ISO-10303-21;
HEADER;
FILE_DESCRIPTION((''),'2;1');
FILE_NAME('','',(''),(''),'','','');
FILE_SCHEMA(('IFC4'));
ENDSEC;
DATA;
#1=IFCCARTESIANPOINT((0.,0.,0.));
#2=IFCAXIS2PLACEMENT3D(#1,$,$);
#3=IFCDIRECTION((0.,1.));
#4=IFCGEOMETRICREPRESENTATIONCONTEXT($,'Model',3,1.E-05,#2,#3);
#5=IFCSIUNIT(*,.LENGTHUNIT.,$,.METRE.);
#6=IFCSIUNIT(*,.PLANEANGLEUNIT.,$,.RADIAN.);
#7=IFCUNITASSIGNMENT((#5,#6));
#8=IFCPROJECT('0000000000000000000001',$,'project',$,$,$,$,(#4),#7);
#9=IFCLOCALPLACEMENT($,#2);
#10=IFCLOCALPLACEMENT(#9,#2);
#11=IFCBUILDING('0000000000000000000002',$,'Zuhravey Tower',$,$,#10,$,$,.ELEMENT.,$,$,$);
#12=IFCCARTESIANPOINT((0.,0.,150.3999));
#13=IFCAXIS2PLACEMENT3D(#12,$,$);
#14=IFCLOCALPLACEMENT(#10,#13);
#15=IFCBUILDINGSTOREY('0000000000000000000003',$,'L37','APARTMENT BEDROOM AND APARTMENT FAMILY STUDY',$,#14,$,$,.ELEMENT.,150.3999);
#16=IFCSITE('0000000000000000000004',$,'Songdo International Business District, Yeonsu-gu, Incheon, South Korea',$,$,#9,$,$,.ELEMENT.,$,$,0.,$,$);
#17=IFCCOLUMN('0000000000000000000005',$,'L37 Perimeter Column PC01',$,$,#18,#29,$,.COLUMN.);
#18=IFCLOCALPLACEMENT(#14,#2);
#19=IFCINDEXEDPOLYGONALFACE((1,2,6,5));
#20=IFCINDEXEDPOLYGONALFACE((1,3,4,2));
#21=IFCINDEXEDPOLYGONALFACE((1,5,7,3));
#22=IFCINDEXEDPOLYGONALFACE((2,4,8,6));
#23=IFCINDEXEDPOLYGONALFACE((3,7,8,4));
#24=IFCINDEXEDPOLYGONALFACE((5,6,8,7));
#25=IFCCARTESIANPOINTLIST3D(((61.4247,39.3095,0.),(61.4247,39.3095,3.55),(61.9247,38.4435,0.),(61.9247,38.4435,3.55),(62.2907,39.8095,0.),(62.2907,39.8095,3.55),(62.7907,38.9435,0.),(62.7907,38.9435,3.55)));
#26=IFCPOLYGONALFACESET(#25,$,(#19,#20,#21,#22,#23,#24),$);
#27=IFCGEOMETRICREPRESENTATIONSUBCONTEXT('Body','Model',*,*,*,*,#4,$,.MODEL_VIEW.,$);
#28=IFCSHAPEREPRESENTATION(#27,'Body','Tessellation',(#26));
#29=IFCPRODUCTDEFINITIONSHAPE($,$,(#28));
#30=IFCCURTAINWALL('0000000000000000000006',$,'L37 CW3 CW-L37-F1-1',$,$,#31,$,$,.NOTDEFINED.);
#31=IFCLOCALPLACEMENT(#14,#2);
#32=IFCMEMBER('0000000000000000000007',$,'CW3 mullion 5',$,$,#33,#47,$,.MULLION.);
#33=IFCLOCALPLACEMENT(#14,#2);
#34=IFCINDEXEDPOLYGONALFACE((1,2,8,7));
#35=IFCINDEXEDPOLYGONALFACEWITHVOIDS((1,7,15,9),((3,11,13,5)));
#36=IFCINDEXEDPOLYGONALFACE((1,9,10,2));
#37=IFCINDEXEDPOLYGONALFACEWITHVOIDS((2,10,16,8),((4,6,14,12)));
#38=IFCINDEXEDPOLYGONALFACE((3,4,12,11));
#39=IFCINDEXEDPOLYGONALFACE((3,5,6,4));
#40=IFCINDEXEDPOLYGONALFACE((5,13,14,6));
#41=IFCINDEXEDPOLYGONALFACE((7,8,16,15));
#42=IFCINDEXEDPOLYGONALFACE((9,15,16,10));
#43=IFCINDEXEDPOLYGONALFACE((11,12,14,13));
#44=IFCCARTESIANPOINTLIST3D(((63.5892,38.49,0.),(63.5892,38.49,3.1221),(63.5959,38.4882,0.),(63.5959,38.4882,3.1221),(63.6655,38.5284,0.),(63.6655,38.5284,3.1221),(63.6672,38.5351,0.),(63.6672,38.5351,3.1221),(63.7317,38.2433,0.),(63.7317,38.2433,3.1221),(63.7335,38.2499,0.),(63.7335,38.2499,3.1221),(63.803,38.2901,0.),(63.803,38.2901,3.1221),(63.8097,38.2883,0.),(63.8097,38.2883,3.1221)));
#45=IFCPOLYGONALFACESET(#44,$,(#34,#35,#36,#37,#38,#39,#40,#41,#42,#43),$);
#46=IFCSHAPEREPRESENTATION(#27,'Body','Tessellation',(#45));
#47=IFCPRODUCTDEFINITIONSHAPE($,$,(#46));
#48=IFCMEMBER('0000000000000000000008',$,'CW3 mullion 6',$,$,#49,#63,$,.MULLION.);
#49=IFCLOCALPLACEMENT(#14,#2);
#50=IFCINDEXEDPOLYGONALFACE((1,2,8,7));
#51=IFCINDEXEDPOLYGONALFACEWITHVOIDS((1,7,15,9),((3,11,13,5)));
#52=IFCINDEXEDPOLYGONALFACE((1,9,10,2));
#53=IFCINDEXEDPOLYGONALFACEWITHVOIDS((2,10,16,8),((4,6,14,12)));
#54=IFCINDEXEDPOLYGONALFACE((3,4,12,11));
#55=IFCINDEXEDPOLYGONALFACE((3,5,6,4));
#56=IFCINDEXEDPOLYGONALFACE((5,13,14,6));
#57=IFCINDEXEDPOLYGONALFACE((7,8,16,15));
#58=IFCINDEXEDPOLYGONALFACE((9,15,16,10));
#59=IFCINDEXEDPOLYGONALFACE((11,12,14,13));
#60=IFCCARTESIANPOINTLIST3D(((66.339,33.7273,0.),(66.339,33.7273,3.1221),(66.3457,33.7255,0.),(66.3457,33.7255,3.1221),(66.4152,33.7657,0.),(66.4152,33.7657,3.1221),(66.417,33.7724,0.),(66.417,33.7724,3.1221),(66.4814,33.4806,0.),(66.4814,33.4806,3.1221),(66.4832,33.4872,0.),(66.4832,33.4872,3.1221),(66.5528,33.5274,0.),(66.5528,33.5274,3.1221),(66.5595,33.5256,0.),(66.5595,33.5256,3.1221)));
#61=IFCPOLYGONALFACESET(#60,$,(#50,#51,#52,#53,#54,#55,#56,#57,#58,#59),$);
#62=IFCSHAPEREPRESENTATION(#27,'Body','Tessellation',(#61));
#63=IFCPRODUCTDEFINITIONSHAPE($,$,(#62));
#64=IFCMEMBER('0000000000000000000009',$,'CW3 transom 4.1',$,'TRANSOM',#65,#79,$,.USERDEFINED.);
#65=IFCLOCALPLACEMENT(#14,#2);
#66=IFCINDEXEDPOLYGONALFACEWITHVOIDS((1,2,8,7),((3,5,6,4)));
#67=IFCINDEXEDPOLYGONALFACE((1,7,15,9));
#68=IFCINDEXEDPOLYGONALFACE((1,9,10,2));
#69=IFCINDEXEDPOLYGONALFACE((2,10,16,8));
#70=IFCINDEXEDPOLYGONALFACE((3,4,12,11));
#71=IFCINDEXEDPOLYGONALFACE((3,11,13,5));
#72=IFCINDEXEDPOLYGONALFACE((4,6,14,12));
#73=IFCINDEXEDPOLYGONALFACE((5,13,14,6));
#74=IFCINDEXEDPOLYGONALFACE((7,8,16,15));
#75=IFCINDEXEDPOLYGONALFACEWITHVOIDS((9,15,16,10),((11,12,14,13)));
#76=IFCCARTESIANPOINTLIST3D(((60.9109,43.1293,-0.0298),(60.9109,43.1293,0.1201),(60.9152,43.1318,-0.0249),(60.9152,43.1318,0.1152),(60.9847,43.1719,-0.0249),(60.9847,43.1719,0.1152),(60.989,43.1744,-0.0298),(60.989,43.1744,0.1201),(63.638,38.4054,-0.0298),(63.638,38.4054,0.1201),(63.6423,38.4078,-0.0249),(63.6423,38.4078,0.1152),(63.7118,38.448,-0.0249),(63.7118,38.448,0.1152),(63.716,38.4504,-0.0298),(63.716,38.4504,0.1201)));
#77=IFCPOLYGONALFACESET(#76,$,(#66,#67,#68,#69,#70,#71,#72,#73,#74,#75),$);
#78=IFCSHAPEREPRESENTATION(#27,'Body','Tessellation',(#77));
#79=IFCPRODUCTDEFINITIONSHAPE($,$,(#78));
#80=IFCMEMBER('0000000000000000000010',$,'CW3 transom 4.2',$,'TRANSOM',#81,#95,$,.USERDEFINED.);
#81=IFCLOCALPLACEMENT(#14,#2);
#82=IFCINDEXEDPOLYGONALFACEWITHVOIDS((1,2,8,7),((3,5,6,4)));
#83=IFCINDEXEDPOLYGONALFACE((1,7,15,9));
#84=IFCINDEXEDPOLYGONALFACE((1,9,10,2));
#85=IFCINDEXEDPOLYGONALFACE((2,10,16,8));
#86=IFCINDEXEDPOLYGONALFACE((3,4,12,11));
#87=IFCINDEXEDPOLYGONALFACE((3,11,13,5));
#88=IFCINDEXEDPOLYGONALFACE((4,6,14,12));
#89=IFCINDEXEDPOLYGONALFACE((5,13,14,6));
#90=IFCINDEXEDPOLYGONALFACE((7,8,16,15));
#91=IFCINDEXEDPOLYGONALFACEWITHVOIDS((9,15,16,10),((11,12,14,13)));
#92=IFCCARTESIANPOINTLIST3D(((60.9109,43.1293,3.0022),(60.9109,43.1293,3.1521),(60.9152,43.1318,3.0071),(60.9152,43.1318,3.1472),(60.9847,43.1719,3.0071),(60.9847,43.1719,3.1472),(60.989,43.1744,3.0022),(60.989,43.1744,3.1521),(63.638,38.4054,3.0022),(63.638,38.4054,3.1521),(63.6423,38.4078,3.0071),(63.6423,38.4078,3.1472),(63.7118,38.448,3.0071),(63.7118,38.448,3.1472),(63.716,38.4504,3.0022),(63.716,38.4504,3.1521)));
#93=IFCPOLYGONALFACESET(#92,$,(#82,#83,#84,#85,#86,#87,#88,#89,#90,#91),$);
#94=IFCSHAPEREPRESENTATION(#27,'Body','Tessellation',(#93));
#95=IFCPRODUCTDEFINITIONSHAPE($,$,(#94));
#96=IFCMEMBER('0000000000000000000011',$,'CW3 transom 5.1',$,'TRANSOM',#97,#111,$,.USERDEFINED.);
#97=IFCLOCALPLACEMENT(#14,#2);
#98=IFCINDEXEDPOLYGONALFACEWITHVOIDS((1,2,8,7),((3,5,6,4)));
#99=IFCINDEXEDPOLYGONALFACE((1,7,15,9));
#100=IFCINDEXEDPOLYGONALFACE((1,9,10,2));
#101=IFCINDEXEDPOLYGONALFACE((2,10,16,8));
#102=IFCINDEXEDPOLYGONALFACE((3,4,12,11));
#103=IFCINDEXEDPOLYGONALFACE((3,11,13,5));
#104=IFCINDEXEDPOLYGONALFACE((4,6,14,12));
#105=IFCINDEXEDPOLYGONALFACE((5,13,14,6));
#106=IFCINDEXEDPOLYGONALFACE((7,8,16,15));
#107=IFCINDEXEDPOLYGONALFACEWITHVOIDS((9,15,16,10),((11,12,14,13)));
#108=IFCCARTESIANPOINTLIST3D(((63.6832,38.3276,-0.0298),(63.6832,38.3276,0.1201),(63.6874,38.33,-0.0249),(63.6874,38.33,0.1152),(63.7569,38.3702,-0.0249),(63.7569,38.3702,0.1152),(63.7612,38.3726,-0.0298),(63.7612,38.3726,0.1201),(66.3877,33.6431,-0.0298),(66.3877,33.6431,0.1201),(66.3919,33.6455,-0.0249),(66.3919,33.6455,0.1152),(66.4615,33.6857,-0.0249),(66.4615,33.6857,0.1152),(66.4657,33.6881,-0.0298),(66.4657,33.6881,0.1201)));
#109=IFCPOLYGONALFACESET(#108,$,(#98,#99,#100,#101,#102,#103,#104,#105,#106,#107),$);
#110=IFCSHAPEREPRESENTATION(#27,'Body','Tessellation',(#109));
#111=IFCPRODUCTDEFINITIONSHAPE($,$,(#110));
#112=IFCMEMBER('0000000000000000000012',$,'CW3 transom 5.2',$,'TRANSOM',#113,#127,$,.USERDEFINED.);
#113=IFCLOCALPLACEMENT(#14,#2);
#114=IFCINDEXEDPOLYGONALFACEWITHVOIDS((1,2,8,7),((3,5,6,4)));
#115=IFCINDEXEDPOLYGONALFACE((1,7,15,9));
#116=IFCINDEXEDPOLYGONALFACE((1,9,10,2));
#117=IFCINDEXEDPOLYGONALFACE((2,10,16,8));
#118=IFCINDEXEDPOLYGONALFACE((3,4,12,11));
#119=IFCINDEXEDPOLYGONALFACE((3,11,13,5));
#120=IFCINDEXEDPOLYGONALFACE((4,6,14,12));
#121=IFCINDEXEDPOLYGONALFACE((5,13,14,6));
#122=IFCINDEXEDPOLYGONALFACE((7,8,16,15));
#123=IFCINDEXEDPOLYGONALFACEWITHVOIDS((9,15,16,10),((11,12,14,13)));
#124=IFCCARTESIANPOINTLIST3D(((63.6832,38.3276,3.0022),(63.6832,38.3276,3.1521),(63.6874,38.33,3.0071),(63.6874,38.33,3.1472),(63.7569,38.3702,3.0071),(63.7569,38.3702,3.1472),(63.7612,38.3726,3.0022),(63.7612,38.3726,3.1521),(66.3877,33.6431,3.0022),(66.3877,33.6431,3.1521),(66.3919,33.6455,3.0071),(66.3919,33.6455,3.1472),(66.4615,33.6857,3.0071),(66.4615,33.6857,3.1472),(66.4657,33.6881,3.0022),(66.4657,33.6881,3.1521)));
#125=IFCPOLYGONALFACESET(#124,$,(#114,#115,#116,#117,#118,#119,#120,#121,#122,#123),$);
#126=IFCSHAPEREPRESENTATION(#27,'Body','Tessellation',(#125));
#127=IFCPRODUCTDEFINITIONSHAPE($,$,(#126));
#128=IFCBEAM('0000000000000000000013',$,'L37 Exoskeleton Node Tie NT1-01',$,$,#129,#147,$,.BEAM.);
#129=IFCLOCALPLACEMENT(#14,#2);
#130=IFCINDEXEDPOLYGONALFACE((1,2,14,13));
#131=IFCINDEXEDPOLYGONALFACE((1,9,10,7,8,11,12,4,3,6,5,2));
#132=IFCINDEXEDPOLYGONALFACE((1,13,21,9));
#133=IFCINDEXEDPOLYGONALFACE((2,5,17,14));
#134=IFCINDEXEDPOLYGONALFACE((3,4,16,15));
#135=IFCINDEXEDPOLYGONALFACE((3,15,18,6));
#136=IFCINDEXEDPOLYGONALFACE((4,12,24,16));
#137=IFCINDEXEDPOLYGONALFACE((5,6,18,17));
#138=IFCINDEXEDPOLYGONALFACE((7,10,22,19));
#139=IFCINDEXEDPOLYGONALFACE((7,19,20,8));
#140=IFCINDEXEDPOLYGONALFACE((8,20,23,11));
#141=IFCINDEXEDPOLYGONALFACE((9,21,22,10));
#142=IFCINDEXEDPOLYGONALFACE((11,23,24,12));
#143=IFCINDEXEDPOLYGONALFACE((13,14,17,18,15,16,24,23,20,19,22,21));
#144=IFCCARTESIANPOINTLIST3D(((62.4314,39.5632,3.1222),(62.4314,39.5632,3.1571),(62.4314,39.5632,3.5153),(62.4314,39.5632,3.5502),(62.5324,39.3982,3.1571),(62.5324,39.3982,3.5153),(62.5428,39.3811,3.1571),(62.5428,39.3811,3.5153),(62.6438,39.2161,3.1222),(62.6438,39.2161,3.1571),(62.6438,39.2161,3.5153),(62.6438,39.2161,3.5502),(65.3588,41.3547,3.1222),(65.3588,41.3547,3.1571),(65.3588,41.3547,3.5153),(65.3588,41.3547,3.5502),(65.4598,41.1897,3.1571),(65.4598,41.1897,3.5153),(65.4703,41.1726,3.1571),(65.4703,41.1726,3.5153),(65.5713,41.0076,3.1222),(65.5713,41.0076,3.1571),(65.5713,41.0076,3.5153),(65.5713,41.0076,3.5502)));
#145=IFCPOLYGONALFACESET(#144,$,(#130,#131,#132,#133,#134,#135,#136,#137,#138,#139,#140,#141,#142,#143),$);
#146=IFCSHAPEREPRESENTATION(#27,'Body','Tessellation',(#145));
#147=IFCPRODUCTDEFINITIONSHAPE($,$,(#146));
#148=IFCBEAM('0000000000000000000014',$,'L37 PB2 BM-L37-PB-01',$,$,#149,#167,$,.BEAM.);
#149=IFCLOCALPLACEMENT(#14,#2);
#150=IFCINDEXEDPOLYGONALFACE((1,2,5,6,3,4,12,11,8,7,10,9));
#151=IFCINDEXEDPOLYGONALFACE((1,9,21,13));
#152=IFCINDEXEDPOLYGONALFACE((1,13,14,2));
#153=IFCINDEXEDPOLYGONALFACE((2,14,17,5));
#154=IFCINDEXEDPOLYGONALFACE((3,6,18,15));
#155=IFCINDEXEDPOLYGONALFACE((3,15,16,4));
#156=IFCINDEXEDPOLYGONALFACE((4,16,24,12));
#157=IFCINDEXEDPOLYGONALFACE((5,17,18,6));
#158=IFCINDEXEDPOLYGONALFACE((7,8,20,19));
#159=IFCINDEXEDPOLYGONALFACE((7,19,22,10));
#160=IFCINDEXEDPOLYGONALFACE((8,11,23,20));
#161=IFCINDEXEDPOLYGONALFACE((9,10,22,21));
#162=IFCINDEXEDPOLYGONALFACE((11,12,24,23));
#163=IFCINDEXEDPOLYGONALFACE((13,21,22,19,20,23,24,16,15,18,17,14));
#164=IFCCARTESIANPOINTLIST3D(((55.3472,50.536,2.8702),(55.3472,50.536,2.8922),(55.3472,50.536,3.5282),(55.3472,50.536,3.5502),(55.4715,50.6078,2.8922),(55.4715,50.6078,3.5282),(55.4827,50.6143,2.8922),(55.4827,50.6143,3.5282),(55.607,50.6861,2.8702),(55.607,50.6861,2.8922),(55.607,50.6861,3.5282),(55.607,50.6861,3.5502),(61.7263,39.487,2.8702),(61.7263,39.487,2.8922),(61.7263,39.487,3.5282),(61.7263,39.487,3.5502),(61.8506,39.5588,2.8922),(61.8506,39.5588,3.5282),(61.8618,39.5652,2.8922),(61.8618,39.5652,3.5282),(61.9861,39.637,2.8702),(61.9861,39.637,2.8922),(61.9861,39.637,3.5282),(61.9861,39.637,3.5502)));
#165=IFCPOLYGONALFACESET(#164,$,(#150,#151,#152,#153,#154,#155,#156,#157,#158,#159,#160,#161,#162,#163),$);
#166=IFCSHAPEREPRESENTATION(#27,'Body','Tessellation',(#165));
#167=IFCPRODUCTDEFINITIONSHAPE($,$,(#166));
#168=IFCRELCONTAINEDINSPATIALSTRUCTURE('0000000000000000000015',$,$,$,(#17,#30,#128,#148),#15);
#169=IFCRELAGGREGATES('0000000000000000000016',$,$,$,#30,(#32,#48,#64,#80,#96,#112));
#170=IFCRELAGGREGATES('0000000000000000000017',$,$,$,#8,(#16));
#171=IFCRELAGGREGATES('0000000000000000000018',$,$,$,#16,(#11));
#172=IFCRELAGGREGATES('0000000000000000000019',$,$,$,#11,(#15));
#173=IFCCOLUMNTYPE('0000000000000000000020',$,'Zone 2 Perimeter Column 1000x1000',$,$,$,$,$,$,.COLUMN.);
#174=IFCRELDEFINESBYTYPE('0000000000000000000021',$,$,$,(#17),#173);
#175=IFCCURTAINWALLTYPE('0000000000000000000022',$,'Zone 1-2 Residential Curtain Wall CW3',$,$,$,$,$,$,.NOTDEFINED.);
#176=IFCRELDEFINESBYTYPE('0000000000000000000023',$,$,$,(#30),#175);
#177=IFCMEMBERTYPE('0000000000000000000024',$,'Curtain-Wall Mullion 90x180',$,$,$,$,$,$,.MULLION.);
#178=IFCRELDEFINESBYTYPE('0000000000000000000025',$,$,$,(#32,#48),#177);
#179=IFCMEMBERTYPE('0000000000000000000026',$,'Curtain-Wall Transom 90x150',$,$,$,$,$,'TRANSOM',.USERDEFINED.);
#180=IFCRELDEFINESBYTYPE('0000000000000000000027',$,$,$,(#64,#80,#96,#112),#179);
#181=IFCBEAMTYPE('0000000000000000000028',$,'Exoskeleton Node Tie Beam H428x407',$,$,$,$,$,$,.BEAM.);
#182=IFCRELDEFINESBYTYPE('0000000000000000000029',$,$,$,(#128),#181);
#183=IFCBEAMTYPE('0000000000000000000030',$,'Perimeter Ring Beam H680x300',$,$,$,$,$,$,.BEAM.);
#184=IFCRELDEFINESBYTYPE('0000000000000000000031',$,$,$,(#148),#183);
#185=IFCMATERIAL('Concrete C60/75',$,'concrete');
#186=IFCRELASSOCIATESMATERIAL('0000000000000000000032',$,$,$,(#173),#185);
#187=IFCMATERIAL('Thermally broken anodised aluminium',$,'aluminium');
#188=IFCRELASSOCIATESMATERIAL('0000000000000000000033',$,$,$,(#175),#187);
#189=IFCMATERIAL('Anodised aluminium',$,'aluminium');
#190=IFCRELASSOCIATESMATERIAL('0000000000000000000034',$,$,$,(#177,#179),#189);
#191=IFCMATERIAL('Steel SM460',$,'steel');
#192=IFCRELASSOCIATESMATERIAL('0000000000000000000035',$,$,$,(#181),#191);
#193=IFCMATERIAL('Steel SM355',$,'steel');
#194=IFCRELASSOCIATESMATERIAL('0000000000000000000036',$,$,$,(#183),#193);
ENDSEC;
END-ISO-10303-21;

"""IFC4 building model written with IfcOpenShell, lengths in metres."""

from ifc_helpers import new_model, si_unit, direction, frame, origin, origin_2d, place, context, subcontext, project, spatial, rectangle, hollow_rectangle, i_section, extrude, material, material_profile, profile_set, type_object, element, aggregate, save


model = new_model("IFC4")

# Units and contexts
model_context = context("Model", 3, precision=1e-05, world=origin(), true_north=direction((0.0, 1.0)))
body_context = subcontext(model_context, "Body", "Model", "MODEL_VIEW")
ifc_project = project(units=[si_unit("LENGTHUNIT", "METRE"), si_unit("PLANEANGLEUNIT", "RADIAN")], contexts=[model_context])

# Site, building, storey
site_placement = place(None, origin())
site = spatial("IfcSite", under=ifc_project, at=site_placement, Name="Songdo International Business District, Yeonsu-gu, Incheon, South Korea", CompositionType="ELEMENT", RefElevation=0.0)
building_placement = place(site_placement, origin())
building = spatial("IfcBuilding", under=site, at=building_placement, Name="Zuhravey Tower", CompositionType="ELEMENT")
storey_placement = place(building_placement, frame((0.0, 0.0, 150.3999)))
storey = spatial("IfcBuildingStorey", under=building, at=storey_placement, Name="L37", Description="APARTMENT BEDROOM AND APARTMENT FAMILY STUDY", CompositionType="ELEMENT", Elevation=150.3999)

# Column
ifc_material_1 = material(Name="Concrete C60/75", Category="concrete")
ifc_material_profile_1 = material_profile(ifc_material_1, rectangle(XDim=1.0, YDim=1.0, at=origin_2d()), Name="RC-1000x1000")
ifc_profile_set_1 = profile_set([ifc_material_profile_1], Name="Concrete C60/75")
column_type = type_object("IfcColumnType", Name="Zone 2 Perimeter Column 1000x1000", PredefinedType="COLUMN", material=ifc_profile_set_1)
column_placement = place(storey_placement, frame((62.1077, 39.1265, 0.0), z_axis=(0.0, 0.0, 1.0), x_axis=(-0.5, 0.866025, 0.0)))
element("IfcColumn", 1, at=column_placement, inside=storey, type_object=column_type, Name="L37 Perimeter Column PC01", PredefinedType="COLUMN", context=body_context, shape_type="SweptSolid", body=[
    extrude(rectangle(XDim=1.0, YDim=1.0, at=origin_2d()), origin(), (0.0, 0.0, 1.0), 3.55),
])

# Curtain wall, members
ifc_material_2 = material(Name="Thermally broken anodised aluminium", Category="aluminium")
curtain_wall_type = type_object("IfcCurtainWallType", Name="Zone 1-2 Residential Curtain Wall CW3", PredefinedType="NOTDEFINED", material=ifc_material_2)
curtain_wall_placement = place(storey_placement, origin())
curtain_wall = element("IfcCurtainWall", 2, at=curtain_wall_placement, inside=storey, type_object=curtain_wall_type, Name="L37 CW3 CW-L37-F1-1", PredefinedType="NOTDEFINED")
ifc_material_3 = material(Name="Anodised aluminium", Category="aluminium")
ifc_material_profile_2 = material_profile(ifc_material_3, hollow_rectangle(XDim=0.0901, YDim=0.2849, WallThickness=0.0049, at=origin_2d()), Name="ALU-RHS-90x285x5")
ifc_profile_set_2 = profile_set([ifc_material_profile_2], Name="Anodised aluminium")
member_type_1 = type_object("IfcMemberType", Name="Curtain-Wall Mullion 90x180", PredefinedType="MULLION", material=ifc_profile_set_2)
member_1_placement = place(storey_placement, frame((63.6995, 38.3892, 0.0), z_axis=(0.0, 0.0, 1.0), x_axis=(0.866025, 0.5, 0.0)))
member_1 = element("IfcMember", 3, at=member_1_placement, type_object=member_type_1, Name="CW3 mullion 5", PredefinedType="MULLION", context=body_context, shape_type="SweptSolid", body=[
    extrude(hollow_rectangle(XDim=0.0901, YDim=0.2849, WallThickness=0.0049, at=origin_2d()), origin(), (0.0, 0.0, 1.0), 3.1221),
])
member_2_placement = place(storey_placement, frame((66.4492, 33.6265, 0.0), z_axis=(0.0, 0.0, 1.0), x_axis=(0.866025, 0.5, 0.0)))
member_2 = element("IfcMember", 4, at=member_2_placement, type_object=member_type_1, Name="CW3 mullion 6", PredefinedType="MULLION", context=body_context, shape_type="SweptSolid", body=[
    extrude(hollow_rectangle(XDim=0.0901, YDim=0.2849, WallThickness=0.0049, at=origin_2d()), origin(), (0.0, 0.0, 1.0), 3.1221),
])
ifc_material_profile_3 = material_profile(ifc_material_3, hollow_rectangle(XDim=0.0901, YDim=0.1499, WallThickness=0.0049, at=origin_2d()), Name="ALU-RHS-90x150x5")
ifc_profile_set_3 = profile_set([ifc_material_profile_3], Name="Anodised aluminium")
member_type_2 = type_object("IfcMemberType", Name="Curtain-Wall Transom 90x150", ElementType="TRANSOM", PredefinedType="USERDEFINED", material=ifc_profile_set_3)
member_3_placement = place(storey_placement, frame((60.95, 43.1519, 0.0452), z_axis=(0.499961, -0.866048, 0.0), x_axis=(0.866048, 0.499961, 0.0)))
member_3 = element("IfcMember", 5, at=member_3_placement, type_object=member_type_2, Name="CW3 transom 4.1", ObjectType="TRANSOM", PredefinedType="USERDEFINED", context=body_context, shape_type="SweptSolid", body=[
    extrude(hollow_rectangle(XDim=0.0901, YDim=0.1499, WallThickness=0.0049, at=origin_2d()), origin(), (0.0, 0.0, 1.0), 5.4546),
])
member_4_placement = place(storey_placement, frame((60.95, 43.1519, 3.0771), z_axis=(0.499961, -0.866048, 0.0), x_axis=(0.866048, 0.499961, 0.0)))
member_4 = element("IfcMember", 6, at=member_4_placement, type_object=member_type_2, Name="CW3 transom 4.2", ObjectType="TRANSOM", PredefinedType="USERDEFINED", context=body_context, shape_type="SweptSolid", body=[
    extrude(hollow_rectangle(XDim=0.0901, YDim=0.1499, WallThickness=0.0049, at=origin_2d()), origin(), (0.0, 0.0, 1.0), 5.4546),
])
member_5_placement = place(storey_placement, frame((63.7222, 38.3501, 0.0452), z_axis=(0.499993, -0.866029, 0.0), x_axis=(0.866029, 0.499993, 0.0)))
member_5 = element("IfcMember", 7, at=member_5_placement, type_object=member_type_2, Name="CW3 transom 5.1", ObjectType="TRANSOM", PredefinedType="USERDEFINED", context=body_context, shape_type="SweptSolid", body=[
    extrude(hollow_rectangle(XDim=0.0901, YDim=0.1499, WallThickness=0.0049, at=origin_2d()), origin(), (0.0, 0.0, 1.0), 5.4092),
])
member_6_placement = place(storey_placement, frame((63.7222, 38.3501, 3.0771), z_axis=(0.499993, -0.866029, 0.0), x_axis=(0.866029, 0.499993, 0.0)))
member_6 = element("IfcMember", 8, at=member_6_placement, type_object=member_type_2, Name="CW3 transom 5.2", ObjectType="TRANSOM", PredefinedType="USERDEFINED", context=body_context, shape_type="SweptSolid", body=[
    extrude(hollow_rectangle(XDim=0.0901, YDim=0.1499, WallThickness=0.0049, at=origin_2d()), origin(), (0.0, 0.0, 1.0), 5.4092),
])

# Beams
ifc_material_4 = material(Name="Steel SM460", Category="steel")
ifc_material_profile_4 = material_profile(ifc_material_4, i_section(OverallWidth=0.407, OverallDepth=0.428, WebThickness=0.02, FlangeThickness=0.0349, at=origin_2d()), Name="H-428x407x20x35")
ifc_profile_set_4 = profile_set([ifc_material_profile_4], Name="Steel SM460")
beam_type_1 = type_object("IfcBeamType", Name="Exoskeleton Node Tie Beam H428x407", PredefinedType="BEAM", material=ifc_profile_set_4)
beam_1_placement = place(storey_placement, frame((62.5376, 39.3896, 3.3362), z_axis=(0.85296, 0.521976, 0.0), x_axis=(-0.521976, 0.85296, 0.0)))
element("IfcBeam", 9, at=beam_1_placement, inside=storey, type_object=beam_type_1, Name="L37 Exoskeleton Node Tie NT1-01", PredefinedType="BEAM", context=body_context, shape_type="SweptSolid", body=[
    extrude(i_section(OverallWidth=0.407, OverallDepth=0.428, WebThickness=0.02, FlangeThickness=0.0349, at=origin_2d()), origin(), (0.0, 0.0, 1.0), 3.4321),
])
ifc_material_5 = material(Name="Steel SM355", Category="steel")
ifc_material_profile_5 = material_profile(ifc_material_5, i_section(OverallWidth=0.3, OverallDepth=0.6799, WebThickness=0.0129, FlangeThickness=0.022, at=origin_2d()), Name="H-680x300x13x22")
ifc_profile_set_5 = profile_set([ifc_material_profile_5], Name="Steel SM355")
beam_type_2 = type_object("IfcBeamType", Name="Perimeter Ring Beam H680x300", PredefinedType="BEAM", material=ifc_profile_set_5)
beam_2_placement = place(storey_placement, frame((61.8562, 39.562, 3.2102), z_axis=(-0.499998, 0.866027, 0.0), x_axis=(-0.866027, -0.499998, 0.0)))
element("IfcBeam", 10, at=beam_2_placement, inside=storey, type_object=beam_type_2, Name="L37 PB2 BM-L37-PB-01", PredefinedType="BEAM", context=body_context, shape_type="SweptSolid", body=[
    extrude(i_section(OverallWidth=0.3, OverallDepth=0.6799, WebThickness=0.0129, FlangeThickness=0.022, at=origin_2d()), origin(), (0.0, 0.0, 1.0), 12.7583),
])

aggregate(curtain_wall, [member_1, member_2, member_3, member_4, member_5, member_6])

save(model, "model.ifc")
